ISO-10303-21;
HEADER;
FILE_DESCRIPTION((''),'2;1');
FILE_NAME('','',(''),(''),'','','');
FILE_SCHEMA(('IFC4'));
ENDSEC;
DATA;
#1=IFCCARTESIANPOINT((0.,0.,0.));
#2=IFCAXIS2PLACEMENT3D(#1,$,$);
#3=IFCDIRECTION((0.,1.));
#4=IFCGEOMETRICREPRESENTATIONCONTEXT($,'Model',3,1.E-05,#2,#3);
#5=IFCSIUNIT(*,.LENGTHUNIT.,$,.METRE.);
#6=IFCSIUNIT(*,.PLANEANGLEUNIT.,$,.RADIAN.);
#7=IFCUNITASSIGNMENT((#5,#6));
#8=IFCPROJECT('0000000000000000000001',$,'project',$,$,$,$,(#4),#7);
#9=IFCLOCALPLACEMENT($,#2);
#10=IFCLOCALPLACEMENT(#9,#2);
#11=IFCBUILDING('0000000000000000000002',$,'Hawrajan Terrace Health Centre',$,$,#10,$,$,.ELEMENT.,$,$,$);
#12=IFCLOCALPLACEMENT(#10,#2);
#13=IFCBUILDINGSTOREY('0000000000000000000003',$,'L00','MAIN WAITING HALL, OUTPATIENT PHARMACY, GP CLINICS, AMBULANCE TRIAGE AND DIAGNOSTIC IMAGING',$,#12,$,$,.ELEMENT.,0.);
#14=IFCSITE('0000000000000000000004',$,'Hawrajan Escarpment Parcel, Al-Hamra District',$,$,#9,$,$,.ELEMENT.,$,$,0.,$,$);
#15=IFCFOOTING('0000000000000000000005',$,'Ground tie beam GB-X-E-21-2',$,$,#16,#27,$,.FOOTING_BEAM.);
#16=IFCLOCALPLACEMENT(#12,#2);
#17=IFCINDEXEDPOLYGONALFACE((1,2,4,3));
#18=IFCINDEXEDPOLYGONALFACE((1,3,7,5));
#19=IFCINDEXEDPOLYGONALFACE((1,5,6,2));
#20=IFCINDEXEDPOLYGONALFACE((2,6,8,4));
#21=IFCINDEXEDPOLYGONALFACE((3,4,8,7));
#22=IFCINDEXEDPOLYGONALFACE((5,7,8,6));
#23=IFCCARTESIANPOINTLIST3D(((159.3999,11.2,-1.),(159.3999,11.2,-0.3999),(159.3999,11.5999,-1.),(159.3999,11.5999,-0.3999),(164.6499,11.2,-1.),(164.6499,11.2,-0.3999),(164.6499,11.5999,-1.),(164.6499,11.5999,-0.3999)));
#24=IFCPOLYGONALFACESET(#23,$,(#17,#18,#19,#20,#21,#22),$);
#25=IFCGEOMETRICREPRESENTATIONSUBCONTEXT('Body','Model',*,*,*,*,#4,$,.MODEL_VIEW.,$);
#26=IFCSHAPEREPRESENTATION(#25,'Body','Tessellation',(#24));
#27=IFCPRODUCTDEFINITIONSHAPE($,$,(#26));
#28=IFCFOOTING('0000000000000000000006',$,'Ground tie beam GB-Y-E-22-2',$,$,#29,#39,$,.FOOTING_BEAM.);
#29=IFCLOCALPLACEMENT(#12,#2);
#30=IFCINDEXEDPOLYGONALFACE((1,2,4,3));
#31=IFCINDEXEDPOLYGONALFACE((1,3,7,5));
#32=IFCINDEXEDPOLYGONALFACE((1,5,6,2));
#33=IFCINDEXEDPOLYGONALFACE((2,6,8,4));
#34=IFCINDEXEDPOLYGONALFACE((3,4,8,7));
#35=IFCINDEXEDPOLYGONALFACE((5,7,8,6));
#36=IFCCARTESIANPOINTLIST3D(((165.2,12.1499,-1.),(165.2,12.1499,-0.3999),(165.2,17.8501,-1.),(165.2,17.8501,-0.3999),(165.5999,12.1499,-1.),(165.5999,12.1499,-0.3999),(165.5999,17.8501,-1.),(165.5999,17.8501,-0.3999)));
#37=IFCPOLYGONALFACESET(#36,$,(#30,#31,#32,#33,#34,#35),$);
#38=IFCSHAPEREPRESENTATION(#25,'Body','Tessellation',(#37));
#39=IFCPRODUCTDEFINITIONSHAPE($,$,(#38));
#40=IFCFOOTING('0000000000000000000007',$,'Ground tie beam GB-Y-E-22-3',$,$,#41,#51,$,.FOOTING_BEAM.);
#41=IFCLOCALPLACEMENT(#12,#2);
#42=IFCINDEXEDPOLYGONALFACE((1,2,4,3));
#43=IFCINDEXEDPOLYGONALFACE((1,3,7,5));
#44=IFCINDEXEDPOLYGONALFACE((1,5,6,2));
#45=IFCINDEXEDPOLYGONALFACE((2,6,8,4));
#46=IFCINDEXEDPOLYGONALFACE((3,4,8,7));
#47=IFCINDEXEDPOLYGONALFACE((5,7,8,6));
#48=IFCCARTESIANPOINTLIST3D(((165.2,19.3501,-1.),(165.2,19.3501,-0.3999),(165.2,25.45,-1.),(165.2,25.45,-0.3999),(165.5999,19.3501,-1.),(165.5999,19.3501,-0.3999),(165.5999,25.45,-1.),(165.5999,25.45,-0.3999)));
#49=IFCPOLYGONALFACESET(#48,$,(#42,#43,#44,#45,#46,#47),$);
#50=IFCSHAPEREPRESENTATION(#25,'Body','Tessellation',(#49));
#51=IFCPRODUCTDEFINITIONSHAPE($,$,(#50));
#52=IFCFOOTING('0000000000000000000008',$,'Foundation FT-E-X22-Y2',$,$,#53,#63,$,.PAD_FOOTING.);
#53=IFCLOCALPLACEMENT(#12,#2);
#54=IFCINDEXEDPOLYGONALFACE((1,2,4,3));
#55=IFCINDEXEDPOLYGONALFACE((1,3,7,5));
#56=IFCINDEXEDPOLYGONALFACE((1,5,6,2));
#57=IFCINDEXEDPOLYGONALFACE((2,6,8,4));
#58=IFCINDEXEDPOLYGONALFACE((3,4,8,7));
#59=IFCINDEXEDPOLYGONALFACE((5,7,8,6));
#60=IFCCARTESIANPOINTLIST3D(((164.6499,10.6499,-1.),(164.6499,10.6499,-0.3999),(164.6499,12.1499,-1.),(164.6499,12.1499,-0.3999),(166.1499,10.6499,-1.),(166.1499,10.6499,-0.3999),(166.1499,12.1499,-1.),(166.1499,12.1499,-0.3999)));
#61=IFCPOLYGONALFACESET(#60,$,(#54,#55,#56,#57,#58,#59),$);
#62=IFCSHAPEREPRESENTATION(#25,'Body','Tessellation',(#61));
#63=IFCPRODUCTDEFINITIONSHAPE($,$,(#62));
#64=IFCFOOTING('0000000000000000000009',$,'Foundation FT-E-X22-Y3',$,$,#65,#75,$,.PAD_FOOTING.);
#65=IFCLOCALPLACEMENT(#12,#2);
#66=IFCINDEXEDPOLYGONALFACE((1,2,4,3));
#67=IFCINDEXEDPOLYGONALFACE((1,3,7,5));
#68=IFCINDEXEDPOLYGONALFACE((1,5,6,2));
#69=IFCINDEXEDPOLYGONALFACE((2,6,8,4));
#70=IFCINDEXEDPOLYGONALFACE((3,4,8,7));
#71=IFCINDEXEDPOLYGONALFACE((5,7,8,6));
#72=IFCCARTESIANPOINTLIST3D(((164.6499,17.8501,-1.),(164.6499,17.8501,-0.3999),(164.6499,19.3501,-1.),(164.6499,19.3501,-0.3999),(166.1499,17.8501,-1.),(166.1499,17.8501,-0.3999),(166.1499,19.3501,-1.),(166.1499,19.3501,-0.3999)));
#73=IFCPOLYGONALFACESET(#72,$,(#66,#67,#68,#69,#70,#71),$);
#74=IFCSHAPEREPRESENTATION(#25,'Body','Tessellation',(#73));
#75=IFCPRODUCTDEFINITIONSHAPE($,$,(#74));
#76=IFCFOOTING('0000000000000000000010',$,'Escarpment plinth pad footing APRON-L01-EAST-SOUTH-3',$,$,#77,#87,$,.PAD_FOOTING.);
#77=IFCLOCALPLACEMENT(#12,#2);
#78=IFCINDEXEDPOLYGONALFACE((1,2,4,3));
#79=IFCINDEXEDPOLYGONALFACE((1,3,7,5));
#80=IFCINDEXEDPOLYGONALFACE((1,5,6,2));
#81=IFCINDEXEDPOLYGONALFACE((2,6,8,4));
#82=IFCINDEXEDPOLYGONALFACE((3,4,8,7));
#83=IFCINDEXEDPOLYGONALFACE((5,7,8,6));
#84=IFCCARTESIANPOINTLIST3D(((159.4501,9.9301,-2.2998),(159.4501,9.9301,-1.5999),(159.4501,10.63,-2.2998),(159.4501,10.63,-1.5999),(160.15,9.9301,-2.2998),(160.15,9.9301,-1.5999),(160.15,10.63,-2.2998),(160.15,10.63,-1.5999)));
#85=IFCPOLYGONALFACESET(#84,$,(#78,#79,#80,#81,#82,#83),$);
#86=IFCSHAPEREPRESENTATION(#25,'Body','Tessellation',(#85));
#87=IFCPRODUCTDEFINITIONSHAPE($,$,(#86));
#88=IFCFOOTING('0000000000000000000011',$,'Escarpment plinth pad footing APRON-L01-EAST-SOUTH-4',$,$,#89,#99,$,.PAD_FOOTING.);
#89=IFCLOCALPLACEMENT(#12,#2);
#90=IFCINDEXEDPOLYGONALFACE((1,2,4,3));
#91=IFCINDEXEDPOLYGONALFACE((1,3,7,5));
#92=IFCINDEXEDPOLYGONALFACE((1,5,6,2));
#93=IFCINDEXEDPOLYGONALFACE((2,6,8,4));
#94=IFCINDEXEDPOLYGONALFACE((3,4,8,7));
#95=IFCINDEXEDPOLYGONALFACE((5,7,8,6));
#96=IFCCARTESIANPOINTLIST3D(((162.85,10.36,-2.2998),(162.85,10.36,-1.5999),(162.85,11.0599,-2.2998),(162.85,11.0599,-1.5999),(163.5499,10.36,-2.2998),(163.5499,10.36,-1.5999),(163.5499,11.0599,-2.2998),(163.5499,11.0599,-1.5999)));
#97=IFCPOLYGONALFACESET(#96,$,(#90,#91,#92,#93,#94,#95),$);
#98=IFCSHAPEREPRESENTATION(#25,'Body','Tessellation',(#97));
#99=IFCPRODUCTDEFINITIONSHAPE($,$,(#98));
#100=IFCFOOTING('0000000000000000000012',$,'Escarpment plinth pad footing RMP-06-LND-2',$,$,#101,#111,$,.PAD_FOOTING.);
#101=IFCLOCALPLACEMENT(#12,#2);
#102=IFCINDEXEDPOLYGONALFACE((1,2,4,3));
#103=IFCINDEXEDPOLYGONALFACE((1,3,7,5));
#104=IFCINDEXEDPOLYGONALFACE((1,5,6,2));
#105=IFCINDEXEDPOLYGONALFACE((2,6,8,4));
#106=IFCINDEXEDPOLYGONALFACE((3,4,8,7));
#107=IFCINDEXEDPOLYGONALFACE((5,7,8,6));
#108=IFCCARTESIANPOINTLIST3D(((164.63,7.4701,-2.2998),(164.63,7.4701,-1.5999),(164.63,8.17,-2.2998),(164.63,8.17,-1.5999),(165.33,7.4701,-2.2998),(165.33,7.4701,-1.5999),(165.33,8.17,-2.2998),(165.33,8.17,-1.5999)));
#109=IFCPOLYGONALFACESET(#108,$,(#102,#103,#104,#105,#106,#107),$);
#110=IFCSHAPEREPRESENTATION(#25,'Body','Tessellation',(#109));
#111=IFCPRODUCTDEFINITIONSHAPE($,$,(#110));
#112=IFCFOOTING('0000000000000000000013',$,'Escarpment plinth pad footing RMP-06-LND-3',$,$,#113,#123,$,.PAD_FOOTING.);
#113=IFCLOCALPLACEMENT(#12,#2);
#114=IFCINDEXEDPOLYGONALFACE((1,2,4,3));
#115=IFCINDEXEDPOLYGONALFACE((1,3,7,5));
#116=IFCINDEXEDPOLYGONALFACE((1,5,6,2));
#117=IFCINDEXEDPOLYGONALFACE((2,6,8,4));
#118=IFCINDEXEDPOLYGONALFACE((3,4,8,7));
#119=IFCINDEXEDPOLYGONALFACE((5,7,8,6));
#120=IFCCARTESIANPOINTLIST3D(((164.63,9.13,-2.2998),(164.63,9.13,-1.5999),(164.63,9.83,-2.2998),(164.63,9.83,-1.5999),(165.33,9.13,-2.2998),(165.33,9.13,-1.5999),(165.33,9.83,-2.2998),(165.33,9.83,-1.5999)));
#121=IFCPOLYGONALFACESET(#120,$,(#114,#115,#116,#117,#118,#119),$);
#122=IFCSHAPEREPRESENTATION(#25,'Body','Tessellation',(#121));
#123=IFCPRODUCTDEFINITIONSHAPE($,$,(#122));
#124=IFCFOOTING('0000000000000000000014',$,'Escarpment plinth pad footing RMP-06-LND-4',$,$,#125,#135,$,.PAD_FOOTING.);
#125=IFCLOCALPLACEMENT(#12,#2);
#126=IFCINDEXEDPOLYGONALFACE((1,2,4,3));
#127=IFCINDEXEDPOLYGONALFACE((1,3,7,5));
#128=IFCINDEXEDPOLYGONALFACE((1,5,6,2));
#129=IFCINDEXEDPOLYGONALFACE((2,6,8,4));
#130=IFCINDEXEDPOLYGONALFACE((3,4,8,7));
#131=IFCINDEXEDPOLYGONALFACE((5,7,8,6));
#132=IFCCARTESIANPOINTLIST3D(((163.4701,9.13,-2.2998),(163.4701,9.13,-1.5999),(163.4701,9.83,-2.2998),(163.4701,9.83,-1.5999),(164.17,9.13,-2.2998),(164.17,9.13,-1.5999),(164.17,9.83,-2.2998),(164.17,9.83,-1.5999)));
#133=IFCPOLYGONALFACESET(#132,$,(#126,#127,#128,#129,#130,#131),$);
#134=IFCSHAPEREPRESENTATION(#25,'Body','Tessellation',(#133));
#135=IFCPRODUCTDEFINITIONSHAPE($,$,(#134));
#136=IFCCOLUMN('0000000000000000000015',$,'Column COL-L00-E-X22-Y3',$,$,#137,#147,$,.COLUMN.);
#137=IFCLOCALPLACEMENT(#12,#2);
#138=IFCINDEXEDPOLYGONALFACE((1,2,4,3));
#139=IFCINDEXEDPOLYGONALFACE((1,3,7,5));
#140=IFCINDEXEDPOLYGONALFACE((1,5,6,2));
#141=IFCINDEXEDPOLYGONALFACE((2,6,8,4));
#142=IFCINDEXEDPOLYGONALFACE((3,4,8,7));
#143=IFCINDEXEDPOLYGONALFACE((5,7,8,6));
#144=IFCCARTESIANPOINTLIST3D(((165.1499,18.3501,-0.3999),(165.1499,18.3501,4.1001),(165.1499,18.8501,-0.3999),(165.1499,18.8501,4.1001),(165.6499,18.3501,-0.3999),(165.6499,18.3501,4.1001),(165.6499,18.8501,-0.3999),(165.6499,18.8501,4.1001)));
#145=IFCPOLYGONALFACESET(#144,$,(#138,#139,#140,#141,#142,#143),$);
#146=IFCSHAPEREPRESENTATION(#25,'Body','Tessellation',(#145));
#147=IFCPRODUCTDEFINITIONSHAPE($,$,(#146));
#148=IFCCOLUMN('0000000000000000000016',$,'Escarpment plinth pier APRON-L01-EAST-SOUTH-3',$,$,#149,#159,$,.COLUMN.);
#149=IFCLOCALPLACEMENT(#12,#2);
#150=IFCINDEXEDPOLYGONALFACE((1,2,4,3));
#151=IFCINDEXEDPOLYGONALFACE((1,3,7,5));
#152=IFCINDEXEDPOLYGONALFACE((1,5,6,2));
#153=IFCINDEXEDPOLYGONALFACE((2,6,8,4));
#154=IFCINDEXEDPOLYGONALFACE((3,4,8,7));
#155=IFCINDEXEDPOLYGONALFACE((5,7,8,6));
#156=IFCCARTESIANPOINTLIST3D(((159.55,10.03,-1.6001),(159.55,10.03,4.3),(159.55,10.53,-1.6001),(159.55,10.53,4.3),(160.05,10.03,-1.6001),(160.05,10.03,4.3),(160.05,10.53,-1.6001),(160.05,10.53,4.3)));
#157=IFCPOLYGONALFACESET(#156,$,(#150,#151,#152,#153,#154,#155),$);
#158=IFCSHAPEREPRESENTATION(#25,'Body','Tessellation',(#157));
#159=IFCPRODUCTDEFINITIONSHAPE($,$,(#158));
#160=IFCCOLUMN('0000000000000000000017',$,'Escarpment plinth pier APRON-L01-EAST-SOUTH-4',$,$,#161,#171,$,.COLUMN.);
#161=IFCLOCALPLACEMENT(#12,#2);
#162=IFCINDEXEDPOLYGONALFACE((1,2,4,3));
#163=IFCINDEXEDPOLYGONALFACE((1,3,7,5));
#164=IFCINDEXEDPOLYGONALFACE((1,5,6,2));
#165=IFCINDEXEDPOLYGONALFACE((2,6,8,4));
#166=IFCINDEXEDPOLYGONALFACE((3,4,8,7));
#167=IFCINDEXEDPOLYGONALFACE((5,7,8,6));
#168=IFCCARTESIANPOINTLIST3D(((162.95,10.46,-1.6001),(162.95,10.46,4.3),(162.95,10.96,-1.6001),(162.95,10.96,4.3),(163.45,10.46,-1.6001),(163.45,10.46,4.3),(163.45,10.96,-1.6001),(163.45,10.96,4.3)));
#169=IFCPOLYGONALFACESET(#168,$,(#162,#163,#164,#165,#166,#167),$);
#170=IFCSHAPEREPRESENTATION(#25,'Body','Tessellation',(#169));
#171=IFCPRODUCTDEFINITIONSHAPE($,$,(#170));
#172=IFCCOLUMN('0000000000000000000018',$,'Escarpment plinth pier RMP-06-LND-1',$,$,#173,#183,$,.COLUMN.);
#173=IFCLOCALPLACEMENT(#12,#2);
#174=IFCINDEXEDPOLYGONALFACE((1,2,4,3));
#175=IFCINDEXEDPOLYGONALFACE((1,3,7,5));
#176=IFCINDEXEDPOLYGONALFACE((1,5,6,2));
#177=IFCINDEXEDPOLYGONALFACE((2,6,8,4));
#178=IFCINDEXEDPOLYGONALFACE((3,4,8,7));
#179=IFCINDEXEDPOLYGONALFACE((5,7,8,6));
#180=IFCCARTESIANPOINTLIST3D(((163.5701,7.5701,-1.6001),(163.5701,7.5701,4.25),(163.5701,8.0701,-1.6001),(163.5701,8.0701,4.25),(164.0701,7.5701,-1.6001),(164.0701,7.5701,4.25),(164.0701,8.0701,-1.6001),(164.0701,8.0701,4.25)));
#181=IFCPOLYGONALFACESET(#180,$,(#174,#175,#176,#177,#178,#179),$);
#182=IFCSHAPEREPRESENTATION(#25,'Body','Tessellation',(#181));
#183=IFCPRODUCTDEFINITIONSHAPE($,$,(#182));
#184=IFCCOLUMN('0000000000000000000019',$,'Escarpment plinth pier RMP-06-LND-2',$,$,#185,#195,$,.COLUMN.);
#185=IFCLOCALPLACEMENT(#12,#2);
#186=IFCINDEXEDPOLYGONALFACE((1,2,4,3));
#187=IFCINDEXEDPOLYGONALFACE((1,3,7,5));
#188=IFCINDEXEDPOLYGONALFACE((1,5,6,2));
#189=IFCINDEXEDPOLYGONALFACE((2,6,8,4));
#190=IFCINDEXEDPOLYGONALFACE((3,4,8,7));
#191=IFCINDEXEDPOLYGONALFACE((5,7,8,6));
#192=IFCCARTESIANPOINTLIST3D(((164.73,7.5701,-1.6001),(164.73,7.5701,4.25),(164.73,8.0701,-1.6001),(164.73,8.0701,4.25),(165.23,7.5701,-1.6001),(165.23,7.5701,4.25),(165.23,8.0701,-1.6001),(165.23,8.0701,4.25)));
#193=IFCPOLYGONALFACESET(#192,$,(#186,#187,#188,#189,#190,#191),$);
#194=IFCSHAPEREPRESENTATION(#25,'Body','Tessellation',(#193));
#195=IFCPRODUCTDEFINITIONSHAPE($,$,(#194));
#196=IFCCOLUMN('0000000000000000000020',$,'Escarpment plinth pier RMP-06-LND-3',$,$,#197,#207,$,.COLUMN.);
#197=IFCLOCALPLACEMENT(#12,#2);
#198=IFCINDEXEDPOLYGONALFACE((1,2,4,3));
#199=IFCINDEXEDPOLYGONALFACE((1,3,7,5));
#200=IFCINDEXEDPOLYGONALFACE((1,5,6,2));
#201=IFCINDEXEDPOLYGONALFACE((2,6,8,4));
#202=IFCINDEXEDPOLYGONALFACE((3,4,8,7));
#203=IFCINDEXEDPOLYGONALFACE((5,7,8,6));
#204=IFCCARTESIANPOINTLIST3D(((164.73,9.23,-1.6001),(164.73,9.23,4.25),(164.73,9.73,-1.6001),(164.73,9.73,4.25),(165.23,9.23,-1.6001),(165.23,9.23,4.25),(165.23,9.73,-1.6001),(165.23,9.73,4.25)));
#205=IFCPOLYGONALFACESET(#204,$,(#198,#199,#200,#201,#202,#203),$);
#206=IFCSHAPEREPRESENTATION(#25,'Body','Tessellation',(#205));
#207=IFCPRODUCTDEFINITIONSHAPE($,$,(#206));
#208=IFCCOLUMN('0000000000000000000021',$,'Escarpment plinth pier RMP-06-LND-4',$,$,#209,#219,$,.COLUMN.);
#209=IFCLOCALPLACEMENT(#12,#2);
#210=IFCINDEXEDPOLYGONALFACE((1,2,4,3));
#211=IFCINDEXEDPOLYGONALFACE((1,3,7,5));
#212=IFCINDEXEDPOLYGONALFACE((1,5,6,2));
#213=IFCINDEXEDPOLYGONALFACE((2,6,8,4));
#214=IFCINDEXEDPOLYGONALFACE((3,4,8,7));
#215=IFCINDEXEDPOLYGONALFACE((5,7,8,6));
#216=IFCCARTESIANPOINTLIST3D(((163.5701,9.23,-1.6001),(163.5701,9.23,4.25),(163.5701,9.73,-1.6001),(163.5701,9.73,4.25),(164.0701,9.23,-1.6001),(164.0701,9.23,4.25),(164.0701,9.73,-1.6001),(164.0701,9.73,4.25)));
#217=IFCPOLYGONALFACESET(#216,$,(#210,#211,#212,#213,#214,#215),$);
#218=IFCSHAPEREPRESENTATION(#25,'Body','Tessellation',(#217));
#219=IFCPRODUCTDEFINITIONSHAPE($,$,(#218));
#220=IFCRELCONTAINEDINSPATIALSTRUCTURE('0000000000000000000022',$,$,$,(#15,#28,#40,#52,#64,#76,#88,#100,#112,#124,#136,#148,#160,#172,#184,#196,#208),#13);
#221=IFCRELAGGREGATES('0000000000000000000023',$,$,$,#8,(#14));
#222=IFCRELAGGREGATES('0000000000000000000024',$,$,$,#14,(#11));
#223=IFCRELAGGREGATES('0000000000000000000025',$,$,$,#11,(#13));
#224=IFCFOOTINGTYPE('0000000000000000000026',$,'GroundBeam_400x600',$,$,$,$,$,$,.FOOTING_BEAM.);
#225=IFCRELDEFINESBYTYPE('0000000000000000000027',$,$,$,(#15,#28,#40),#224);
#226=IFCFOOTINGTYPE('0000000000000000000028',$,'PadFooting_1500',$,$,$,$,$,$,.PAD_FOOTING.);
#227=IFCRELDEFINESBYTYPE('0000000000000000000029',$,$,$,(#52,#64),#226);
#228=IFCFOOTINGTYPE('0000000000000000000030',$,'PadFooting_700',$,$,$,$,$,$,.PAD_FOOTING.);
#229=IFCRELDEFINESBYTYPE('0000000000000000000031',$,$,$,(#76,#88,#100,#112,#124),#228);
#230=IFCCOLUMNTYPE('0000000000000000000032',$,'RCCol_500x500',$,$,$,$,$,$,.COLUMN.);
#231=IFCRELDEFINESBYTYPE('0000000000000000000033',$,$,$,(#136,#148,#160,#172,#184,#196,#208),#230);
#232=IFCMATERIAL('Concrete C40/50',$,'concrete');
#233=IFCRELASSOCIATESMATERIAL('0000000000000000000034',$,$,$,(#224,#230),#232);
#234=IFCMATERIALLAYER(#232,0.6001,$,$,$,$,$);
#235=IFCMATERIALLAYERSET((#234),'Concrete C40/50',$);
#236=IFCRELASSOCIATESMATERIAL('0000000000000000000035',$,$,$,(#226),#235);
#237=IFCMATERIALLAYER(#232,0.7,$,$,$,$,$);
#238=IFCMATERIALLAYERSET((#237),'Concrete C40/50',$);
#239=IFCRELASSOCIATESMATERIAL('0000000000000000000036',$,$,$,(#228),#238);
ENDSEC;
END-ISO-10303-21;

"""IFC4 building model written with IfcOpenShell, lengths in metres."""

from ifc_helpers import new_model, si_unit, direction, frame, origin, origin_2d, place, context, subcontext, project, spatial, rectangle, extrude, material, layer, layer_set, material_profile, profile_set, type_object, element, save


model = new_model("IFC4")

# Units and contexts
model_context = context("Model", 3, precision=1e-05, world=origin(), true_north=direction((0.0, 1.0)))
body_context = subcontext(model_context, "Body", "Model", "MODEL_VIEW")
ifc_project = project(units=[si_unit("LENGTHUNIT", "METRE"), si_unit("PLANEANGLEUNIT", "RADIAN")], contexts=[model_context])

# Site, building, storey
site_placement = place(None, origin())
site = spatial("IfcSite", under=ifc_project, at=site_placement, Name="Hawrajan Escarpment Parcel, Al-Hamra District", CompositionType="ELEMENT", RefElevation=0.0)
building_placement = place(site_placement, origin())
building = spatial("IfcBuilding", under=site, at=building_placement, Name="Hawrajan Terrace Health Centre", CompositionType="ELEMENT")
storey_placement = place(building_placement, origin())
storey = spatial("IfcBuildingStorey", under=building, at=storey_placement, Name="L00", Description="MAIN WAITING HALL, OUTPATIENT PHARMACY, GP CLINICS, AMBULANCE TRIAGE AND DIAGNOSTIC IMAGING", CompositionType="ELEMENT", Elevation=0.0)

# Footings
ifc_material_1 = material(Name="Concrete C40/50", Category="concrete")
ifc_material_profile_1 = material_profile(ifc_material_1, rectangle(XDim=0.3999, YDim=0.6001, at=origin_2d()), Name="RC BM 400x600")
ifc_profile_set_1 = profile_set([ifc_material_profile_1], Name="Concrete C40/50")
footing_type_1 = type_object("IfcFootingType", Name="GroundBeam_400x600", PredefinedType="FOOTING_BEAM", material=ifc_profile_set_1)
footing_1_placement = place(storey_placement, frame((159.3999, 11.3999, -0.7), z_axis=(1.0, 0.0, 0.0), x_axis=(0.0, 1.0, 0.0)))
element("IfcFooting", 1, at=footing_1_placement, inside=storey, type_object=footing_type_1, Name="Ground tie beam GB-X-E-21-2", PredefinedType="FOOTING_BEAM", context=body_context, shape_type="SweptSolid", body=[
    extrude(rectangle(XDim=0.3999, YDim=0.6001, at=origin_2d()), origin(), (0.0, 0.0, 1.0), 5.25),
])
footing_2_placement = place(storey_placement, frame((165.3999, 12.1499, -0.7), z_axis=(0.0, 1.0, 0.0), x_axis=(-1.0, 0.0, 0.0)))
element("IfcFooting", 2, at=footing_2_placement, inside=storey, type_object=footing_type_1, Name="Ground tie beam GB-Y-E-22-2", PredefinedType="FOOTING_BEAM", context=body_context, shape_type="SweptSolid", body=[
    extrude(rectangle(XDim=0.3999, YDim=0.6001, at=origin_2d()), origin(), (0.0, 0.0, 1.0), 5.7002),
])
footing_3_placement = place(storey_placement, frame((165.3999, 19.3501, -0.7), z_axis=(0.0, 1.0, 0.0), x_axis=(-1.0, 0.0, 0.0)))
element("IfcFooting", 3, at=footing_3_placement, inside=storey, type_object=footing_type_1, Name="Ground tie beam GB-Y-E-22-3", PredefinedType="FOOTING_BEAM", context=body_context, shape_type="SweptSolid", body=[
    extrude(rectangle(XDim=0.3999, YDim=0.6001, at=origin_2d()), origin(), (0.0, 0.0, 1.0), 6.0999),
])
ifc_layer_1 = layer(ifc_material_1, 0.6001)
ifc_layer_set_1 = layer_set([ifc_layer_1], Name="Concrete C40/50")
footing_type_2 = type_object("IfcFootingType", Name="PadFooting_1500", PredefinedType="PAD_FOOTING", material=ifc_layer_set_1)
for number, where, z_axis, x_axis, name in (
    (4, (165.3999, 11.3999, -1.0), (0.0, 0.0, 1.0), (1.0, 0.0, 0.0), "Foundation FT-E-X22-Y2"),
    (5, (165.3999, 18.6001, -1.0), (0.0, 0.0, 1.0), (1.0, 0.0, 0.0), "Foundation FT-E-X22-Y3"),
):
    element("IfcFooting", number, at=place(storey_placement, frame(where, z_axis=z_axis, x_axis=x_axis)), inside=storey, type_object=footing_type_2, Name=name, PredefinedType="PAD_FOOTING", context=body_context, shape_type="SweptSolid", body=[
        extrude(rectangle(XDim=1.5, YDim=1.5, at=origin_2d()), origin(), (0.0, 0.0, 1.0), 0.6001),
    ])
ifc_layer_2 = layer(ifc_material_1, 0.7)
ifc_layer_set_2 = layer_set([ifc_layer_2], Name="Concrete C40/50")
footing_type_3 = type_object("IfcFootingType", Name="PadFooting_700", PredefinedType="PAD_FOOTING", material=ifc_layer_set_2)
for number, where, z_axis, x_axis, name in (
    (6, (159.8, 10.28, -2.2998), (0.0, 0.0, 1.0), (1.0, 0.0, 0.0), "Escarpment plinth pad footing APRON-L01-EAST-SOUTH-3"),
    (7, (163.2, 10.71, -2.2998), (0.0, 0.0, 1.0), (1.0, 0.0, 0.0), "Escarpment plinth pad footing APRON-L01-EAST-SOUTH-4"),
    (8, (164.98, 7.8201, -2.2998), (0.0, 0.0, 1.0), (1.0, 0.0, 0.0), "Escarpment plinth pad footing RMP-06-LND-2"),
    (9, (164.98, 9.48, -2.2998), (0.0, 0.0, 1.0), (1.0, 0.0, 0.0), "Escarpment plinth pad footing RMP-06-LND-3"),
    (10, (163.8201, 9.48, -2.2998), (0.0, 0.0, 1.0), (1.0, 0.0, 0.0), "Escarpment plinth pad footing RMP-06-LND-4"),
):
    element("IfcFooting", number, at=place(storey_placement, frame(where, z_axis=z_axis, x_axis=x_axis)), inside=storey, type_object=footing_type_3, Name=name, PredefinedType="PAD_FOOTING", context=body_context, shape_type="SweptSolid", body=[
        extrude(rectangle(XDim=0.7, YDim=0.7, at=origin_2d()), origin(), (0.0, 0.0, 1.0), 0.7),
    ])

# Columns
ifc_material_profile_2 = material_profile(ifc_material_1, rectangle(XDim=0.5, YDim=0.5, at=origin_2d()), Name="RC 500x500")
ifc_profile_set_2 = profile_set([ifc_material_profile_2], Name="Concrete C40/50")
column_type_1 = type_object("IfcColumnType", Name="RCCol_500x500", PredefinedType="COLUMN", material=ifc_profile_set_2)
column_1_placement = place(storey_placement, frame((165.3999, 18.6001, -0.3999), z_axis=(0.0, 0.0, 1.0), x_axis=(1.0, 0.0, 0.0)))
element("IfcColumn", 11, at=column_1_placement, inside=storey, type_object=column_type_1, Name="Column COL-L00-E-X22-Y3", PredefinedType="COLUMN", context=body_context, shape_type="SweptSolid", body=[
    extrude(rectangle(XDim=0.5, YDim=0.5, at=origin_2d()), origin(), (0.0, 0.0, 1.0), 4.5),
])
for number, where, z_axis, x_axis, name in (
    (12, (159.8, 10.28, -1.6001), (0.0, 0.0, 1.0), (1.0, 0.0, 0.0), "Escarpment plinth pier APRON-L01-EAST-SOUTH-3"),
    (13, (163.2, 10.71, -1.6001), (0.0, 0.0, 1.0), (1.0, 0.0, 0.0), "Escarpment plinth pier APRON-L01-EAST-SOUTH-4"),
):
    element("IfcColumn", number, at=place(storey_placement, frame(where, z_axis=z_axis, x_axis=x_axis)), inside=storey, type_object=column_type_1, Name=name, PredefinedType="COLUMN", context=body_context, shape_type="SweptSolid", body=[
        extrude(rectangle(XDim=0.5, YDim=0.5, at=origin_2d()), origin(), (0.0, 0.0, 1.0), 5.9001),
    ])
for number, where, z_axis, x_axis, name in (
    (14, (163.8201, 7.8201, -1.6001), (0.0, 0.0, 1.0), (1.0, 0.0, 0.0), "Escarpment plinth pier RMP-06-LND-1"),
    (15, (164.98, 7.8201, -1.6001), (0.0, 0.0, 1.0), (1.0, 0.0, 0.0), "Escarpment plinth pier RMP-06-LND-2"),
    (16, (164.98, 9.48, -1.6001), (0.0, 0.0, 1.0), (1.0, 0.0, 0.0), "Escarpment plinth pier RMP-06-LND-3"),
    (17, (163.8201, 9.48, -1.6001), (0.0, 0.0, 1.0), (1.0, 0.0, 0.0), "Escarpment plinth pier RMP-06-LND-4"),
):
    element("IfcColumn", number, at=place(storey_placement, frame(where, z_axis=z_axis, x_axis=x_axis)), inside=storey, type_object=column_type_1, Name=name, PredefinedType="COLUMN", context=body_context, shape_type="SweptSolid", body=[
        extrude(rectangle(XDim=0.5, YDim=0.5, at=origin_2d()), origin(), (0.0, 0.0, 1.0), 5.8501),
    ])

save(model, "model.ifc")
